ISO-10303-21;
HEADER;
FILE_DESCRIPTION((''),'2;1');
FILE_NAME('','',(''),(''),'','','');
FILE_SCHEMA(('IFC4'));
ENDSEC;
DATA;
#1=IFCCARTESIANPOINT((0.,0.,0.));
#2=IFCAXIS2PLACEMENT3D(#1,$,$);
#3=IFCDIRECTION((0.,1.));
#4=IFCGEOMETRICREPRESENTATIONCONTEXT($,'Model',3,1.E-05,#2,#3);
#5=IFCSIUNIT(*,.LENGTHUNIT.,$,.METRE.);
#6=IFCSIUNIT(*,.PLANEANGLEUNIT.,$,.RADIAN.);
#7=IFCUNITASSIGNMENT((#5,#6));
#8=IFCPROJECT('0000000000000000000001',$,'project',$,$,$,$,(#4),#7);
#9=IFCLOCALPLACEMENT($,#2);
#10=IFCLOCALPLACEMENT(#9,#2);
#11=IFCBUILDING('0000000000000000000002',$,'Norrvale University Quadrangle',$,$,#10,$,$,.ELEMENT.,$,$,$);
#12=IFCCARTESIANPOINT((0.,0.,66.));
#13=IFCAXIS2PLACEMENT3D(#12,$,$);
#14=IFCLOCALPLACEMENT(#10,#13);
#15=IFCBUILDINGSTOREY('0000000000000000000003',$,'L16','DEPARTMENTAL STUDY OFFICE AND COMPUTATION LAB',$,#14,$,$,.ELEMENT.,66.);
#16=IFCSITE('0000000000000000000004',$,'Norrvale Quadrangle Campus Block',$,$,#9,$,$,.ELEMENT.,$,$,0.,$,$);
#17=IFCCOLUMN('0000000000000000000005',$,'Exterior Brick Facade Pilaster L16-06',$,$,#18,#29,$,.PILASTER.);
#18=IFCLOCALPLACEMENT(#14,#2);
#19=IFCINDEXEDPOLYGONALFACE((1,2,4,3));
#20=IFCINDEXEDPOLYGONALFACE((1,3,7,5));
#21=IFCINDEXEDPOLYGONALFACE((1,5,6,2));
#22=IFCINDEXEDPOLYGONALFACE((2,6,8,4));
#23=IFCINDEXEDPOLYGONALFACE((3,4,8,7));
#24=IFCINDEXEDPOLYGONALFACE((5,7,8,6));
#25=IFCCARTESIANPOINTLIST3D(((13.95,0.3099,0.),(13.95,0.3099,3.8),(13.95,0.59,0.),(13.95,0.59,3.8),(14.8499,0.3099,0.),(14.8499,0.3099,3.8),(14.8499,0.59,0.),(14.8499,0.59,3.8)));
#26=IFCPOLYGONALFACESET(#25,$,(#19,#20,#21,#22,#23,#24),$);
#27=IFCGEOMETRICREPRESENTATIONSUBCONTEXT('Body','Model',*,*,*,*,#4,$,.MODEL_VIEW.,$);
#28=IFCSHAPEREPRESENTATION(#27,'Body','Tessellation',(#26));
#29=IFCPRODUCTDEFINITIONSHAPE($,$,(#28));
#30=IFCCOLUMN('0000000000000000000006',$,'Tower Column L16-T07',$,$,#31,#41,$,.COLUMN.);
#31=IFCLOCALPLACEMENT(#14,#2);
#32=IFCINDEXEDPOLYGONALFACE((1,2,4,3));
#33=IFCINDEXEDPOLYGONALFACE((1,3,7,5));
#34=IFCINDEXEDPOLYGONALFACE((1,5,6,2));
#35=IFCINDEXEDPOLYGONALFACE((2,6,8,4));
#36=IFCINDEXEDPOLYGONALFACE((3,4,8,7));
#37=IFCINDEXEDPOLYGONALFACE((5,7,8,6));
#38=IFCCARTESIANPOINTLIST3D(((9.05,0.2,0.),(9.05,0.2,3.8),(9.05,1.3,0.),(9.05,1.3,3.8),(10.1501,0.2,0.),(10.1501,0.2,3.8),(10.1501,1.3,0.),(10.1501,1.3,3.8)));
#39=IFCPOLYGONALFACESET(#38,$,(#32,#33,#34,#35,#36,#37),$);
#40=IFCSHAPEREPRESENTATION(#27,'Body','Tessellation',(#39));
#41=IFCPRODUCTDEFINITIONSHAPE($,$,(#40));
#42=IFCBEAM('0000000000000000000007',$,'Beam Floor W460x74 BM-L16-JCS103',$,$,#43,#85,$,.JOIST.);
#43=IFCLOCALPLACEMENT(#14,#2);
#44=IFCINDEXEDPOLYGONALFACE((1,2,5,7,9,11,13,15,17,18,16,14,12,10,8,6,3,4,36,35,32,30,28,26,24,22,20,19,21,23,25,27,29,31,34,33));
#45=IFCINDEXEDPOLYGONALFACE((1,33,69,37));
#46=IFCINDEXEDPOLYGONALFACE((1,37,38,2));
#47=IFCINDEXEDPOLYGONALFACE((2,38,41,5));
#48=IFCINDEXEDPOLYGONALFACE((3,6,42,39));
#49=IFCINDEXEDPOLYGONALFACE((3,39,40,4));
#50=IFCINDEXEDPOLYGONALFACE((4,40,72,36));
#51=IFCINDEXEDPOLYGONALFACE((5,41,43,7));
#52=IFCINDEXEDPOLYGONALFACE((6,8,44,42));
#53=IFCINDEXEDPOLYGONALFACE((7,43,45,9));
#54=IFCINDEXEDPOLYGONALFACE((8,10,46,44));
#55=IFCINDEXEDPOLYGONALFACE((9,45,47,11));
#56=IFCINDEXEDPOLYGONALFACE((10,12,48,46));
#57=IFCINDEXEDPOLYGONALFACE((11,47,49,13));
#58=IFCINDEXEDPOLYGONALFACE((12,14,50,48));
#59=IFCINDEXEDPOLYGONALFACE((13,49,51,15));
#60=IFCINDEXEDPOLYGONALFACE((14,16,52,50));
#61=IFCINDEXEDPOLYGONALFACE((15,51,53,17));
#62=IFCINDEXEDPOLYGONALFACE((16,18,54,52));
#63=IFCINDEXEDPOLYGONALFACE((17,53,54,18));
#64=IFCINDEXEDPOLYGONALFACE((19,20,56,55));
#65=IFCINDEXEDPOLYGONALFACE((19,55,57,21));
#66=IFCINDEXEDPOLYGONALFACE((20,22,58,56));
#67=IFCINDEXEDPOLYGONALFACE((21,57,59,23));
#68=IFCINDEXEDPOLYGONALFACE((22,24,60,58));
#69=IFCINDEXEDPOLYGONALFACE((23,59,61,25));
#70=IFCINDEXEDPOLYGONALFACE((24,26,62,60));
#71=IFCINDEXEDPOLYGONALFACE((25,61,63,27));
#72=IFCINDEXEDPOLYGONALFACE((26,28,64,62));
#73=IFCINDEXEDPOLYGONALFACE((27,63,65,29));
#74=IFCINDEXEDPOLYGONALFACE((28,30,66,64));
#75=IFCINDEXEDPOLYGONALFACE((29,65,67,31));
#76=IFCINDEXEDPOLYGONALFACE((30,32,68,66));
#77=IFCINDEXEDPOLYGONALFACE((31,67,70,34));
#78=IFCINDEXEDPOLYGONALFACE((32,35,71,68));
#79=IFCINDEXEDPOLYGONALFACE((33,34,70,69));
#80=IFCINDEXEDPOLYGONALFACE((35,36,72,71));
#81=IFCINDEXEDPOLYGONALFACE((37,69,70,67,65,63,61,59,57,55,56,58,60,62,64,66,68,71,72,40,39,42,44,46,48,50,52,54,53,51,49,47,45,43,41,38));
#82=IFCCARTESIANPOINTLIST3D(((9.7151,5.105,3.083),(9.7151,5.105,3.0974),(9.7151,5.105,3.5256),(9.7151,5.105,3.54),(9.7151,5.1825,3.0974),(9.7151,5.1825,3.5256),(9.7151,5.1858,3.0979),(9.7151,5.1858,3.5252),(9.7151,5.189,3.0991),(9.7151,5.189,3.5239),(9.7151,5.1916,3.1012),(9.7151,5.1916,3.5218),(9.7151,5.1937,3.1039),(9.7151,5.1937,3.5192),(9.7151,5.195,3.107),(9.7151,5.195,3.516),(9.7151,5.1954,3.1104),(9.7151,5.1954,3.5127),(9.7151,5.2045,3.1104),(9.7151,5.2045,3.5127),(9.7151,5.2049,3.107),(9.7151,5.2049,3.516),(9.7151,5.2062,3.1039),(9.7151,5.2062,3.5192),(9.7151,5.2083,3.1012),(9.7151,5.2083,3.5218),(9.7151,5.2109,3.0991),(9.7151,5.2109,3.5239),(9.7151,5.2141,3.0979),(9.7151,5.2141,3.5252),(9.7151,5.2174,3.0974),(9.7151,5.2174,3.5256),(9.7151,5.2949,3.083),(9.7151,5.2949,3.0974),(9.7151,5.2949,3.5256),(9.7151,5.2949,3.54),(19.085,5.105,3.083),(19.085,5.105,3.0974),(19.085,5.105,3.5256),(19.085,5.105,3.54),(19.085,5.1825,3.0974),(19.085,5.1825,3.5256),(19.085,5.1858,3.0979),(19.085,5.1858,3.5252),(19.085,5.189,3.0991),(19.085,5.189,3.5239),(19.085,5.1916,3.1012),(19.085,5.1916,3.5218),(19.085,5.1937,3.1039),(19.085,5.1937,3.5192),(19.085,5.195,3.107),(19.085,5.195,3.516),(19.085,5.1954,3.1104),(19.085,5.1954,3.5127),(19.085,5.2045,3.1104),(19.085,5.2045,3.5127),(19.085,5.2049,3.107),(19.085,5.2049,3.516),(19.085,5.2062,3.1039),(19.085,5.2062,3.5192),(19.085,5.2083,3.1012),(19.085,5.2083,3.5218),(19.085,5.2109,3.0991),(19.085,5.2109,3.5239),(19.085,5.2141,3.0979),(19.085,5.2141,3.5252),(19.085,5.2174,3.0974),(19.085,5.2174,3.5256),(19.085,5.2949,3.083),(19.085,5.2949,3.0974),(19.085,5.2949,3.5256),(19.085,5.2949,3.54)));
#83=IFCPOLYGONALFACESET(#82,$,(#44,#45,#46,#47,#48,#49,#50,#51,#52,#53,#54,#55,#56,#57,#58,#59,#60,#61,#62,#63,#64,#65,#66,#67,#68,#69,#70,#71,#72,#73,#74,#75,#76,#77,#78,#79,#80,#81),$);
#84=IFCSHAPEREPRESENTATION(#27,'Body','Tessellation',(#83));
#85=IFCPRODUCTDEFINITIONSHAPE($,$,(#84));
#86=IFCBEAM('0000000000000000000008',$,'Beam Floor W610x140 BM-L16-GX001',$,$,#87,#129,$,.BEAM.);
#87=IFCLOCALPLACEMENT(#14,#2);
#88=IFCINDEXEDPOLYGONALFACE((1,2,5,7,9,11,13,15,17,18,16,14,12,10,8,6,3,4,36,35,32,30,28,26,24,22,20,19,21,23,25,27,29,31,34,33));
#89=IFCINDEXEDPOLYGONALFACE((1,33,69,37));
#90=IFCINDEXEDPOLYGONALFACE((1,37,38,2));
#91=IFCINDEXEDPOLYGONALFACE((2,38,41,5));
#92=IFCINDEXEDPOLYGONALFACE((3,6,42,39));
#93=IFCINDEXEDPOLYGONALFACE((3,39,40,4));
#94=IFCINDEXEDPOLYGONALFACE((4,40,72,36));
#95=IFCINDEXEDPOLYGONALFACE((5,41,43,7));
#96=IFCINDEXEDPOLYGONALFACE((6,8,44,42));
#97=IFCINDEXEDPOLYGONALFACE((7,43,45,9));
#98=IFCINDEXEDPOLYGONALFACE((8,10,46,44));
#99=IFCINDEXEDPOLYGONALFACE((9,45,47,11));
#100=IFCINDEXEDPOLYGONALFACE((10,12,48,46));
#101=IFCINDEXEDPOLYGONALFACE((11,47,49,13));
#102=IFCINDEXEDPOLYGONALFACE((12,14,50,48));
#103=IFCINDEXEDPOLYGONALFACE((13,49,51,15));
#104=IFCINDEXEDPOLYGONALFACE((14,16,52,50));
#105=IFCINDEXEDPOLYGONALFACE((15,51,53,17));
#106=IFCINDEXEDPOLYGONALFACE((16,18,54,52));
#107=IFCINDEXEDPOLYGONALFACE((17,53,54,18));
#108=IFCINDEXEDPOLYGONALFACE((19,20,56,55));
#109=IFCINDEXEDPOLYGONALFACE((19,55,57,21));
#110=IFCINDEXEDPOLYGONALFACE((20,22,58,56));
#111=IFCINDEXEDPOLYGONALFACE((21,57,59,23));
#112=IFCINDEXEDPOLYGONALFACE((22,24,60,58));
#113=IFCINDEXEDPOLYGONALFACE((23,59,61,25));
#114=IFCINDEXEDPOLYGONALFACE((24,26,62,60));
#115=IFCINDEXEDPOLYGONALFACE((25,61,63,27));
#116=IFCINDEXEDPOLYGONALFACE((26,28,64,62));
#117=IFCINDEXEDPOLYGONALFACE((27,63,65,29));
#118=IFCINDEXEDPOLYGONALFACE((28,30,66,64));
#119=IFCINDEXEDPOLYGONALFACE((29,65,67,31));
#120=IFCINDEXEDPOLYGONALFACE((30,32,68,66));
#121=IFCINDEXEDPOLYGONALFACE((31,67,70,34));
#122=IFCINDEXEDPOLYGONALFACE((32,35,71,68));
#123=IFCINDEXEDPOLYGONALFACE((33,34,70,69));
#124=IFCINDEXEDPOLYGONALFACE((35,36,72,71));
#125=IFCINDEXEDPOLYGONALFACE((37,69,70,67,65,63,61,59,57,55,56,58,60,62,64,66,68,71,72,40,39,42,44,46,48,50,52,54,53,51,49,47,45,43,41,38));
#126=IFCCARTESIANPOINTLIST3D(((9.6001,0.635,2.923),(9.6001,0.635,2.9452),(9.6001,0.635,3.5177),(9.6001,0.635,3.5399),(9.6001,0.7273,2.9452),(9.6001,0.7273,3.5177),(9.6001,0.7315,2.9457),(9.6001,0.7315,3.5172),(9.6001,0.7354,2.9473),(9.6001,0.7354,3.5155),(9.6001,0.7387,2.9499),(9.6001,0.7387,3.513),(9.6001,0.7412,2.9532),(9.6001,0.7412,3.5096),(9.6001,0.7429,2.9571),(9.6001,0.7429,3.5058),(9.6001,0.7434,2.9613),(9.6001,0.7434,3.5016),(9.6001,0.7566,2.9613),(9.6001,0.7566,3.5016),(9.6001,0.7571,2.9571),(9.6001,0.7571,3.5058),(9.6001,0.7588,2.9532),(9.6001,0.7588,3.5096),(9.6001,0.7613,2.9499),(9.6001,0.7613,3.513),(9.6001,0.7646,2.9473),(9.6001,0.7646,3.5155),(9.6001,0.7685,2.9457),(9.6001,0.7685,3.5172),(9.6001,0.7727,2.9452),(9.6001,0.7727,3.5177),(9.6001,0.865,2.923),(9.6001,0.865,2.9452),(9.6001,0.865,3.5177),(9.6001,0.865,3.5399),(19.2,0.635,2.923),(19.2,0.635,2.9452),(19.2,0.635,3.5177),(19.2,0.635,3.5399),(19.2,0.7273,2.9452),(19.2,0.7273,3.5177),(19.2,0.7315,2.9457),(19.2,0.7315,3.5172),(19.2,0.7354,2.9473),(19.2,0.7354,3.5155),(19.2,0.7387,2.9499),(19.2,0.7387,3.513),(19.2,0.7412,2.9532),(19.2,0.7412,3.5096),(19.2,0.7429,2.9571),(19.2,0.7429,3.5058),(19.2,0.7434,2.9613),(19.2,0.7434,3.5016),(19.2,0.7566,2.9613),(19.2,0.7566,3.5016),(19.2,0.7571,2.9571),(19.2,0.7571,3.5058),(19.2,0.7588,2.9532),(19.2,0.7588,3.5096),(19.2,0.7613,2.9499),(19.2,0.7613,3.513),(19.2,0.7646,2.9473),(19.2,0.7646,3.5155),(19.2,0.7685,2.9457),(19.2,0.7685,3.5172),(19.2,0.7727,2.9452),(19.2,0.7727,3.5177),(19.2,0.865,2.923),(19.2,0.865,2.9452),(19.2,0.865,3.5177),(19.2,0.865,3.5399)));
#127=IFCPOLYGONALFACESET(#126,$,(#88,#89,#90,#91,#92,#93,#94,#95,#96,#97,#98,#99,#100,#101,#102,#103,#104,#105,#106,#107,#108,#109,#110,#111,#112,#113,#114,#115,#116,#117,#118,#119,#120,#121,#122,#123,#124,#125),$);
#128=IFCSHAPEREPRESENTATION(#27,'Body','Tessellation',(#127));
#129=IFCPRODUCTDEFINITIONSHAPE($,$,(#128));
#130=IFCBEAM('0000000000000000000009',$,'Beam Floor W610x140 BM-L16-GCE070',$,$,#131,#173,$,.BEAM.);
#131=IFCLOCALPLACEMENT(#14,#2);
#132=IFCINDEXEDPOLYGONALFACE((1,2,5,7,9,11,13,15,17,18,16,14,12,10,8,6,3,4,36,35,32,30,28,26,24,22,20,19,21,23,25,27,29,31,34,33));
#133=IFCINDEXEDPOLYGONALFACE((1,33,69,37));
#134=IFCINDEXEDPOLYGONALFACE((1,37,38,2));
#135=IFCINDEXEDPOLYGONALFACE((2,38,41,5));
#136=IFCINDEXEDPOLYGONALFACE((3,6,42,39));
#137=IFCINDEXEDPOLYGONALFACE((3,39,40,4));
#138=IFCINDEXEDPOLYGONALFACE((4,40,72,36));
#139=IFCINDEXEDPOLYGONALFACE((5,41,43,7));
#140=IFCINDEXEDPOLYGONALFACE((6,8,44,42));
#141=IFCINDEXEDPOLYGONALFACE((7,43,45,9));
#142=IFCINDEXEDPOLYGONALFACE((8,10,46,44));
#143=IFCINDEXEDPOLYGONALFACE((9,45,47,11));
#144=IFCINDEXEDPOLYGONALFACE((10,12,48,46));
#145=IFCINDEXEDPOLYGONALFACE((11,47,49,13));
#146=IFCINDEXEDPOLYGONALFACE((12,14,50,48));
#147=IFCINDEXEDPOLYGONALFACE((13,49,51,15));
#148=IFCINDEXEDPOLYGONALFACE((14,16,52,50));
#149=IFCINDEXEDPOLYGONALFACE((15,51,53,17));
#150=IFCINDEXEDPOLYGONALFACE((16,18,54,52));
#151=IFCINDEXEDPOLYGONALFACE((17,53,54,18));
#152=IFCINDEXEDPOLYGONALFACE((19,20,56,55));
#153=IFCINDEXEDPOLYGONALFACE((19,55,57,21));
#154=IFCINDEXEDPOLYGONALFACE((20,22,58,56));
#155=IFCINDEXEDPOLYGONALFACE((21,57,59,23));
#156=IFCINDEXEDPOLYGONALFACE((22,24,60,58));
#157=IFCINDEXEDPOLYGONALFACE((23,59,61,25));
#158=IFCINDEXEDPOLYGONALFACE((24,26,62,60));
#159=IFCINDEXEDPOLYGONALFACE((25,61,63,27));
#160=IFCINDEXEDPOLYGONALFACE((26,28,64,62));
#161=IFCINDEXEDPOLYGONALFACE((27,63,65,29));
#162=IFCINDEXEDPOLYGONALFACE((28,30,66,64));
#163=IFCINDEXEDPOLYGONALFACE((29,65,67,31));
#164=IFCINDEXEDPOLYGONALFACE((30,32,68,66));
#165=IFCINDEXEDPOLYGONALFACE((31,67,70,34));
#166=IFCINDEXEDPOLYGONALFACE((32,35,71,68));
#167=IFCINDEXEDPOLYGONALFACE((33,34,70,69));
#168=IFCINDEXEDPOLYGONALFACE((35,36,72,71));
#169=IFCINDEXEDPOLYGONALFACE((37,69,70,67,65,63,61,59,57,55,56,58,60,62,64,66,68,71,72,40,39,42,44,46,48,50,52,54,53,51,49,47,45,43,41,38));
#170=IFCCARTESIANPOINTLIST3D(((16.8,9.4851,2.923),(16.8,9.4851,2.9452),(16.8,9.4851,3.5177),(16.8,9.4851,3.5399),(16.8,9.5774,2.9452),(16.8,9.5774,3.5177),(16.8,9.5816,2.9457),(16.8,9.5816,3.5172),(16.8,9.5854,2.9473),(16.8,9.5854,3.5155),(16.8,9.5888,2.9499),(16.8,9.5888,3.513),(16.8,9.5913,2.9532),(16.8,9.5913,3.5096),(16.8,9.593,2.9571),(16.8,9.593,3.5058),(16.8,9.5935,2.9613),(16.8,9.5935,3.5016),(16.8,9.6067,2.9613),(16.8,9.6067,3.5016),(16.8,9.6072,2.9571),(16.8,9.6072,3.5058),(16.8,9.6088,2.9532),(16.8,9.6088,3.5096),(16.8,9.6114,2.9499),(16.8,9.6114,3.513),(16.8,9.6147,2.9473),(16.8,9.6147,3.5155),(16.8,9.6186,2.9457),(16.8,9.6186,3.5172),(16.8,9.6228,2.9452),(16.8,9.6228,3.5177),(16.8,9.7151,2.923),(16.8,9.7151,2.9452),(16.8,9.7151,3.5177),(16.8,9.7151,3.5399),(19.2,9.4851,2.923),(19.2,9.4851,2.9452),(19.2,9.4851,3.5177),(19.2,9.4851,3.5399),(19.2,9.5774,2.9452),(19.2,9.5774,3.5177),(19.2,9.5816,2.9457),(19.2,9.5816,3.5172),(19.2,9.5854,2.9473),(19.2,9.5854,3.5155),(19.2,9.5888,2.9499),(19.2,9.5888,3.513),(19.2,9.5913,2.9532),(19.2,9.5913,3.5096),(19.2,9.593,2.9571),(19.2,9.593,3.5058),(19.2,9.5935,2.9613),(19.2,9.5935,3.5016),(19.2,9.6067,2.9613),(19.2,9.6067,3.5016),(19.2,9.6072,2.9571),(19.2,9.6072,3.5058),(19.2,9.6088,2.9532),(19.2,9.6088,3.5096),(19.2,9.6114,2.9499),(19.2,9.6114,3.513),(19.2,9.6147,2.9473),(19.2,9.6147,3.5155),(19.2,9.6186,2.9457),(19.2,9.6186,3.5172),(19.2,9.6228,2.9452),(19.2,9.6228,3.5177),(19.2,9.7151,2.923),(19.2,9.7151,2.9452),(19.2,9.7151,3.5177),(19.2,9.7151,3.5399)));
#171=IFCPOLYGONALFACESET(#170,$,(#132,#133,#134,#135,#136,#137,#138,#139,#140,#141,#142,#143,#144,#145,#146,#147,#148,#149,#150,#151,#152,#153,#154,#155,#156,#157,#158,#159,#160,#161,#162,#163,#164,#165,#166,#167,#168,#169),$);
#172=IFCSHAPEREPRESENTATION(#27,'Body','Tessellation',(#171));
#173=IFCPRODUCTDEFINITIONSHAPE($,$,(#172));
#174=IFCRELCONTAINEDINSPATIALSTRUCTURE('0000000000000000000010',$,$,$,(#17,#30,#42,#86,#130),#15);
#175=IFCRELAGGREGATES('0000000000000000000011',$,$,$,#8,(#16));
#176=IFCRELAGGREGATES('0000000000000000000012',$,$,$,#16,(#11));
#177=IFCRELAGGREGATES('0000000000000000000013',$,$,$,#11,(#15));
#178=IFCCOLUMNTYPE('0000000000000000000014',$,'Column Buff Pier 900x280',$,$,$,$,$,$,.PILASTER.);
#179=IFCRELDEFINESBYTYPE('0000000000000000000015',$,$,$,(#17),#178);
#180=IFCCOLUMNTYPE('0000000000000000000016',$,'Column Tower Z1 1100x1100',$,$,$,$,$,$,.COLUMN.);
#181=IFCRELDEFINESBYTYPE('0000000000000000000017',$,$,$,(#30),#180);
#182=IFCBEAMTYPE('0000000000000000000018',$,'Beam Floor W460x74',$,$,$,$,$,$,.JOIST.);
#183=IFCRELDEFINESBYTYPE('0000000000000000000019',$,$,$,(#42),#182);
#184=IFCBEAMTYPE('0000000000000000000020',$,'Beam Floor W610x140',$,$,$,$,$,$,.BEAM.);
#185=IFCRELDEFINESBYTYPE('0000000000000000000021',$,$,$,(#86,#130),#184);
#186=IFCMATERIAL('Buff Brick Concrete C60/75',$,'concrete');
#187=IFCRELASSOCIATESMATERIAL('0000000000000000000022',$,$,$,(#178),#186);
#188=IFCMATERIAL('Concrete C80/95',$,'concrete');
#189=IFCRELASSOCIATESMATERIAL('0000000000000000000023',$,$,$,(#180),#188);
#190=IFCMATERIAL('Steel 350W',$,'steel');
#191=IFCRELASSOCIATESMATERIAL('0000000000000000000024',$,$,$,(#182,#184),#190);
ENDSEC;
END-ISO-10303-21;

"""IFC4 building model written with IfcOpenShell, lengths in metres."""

from ifc_helpers import new_model, si_unit, direction, frame, origin, origin_2d, place, context, subcontext, project, spatial, rectangle, i_section, extrude, material, material_profile, profile_set, type_object, element, save


model = new_model("IFC4")

# Units and contexts
model_context = context("Model", 3, precision=1e-05, world=origin(), true_north=direction((0.0, 1.0)))
body_context = subcontext(model_context, "Body", "Model", "MODEL_VIEW")
ifc_project = project(units=[si_unit("LENGTHUNIT", "METRE"), si_unit("PLANEANGLEUNIT", "RADIAN")], contexts=[model_context])

# Site, building, storey
site_placement = place(None, origin())
site = spatial("IfcSite", under=ifc_project, at=site_placement, Name="Norrvale Quadrangle Campus Block", CompositionType="ELEMENT", RefElevation=0.0)
building_placement = place(site_placement, origin())
building = spatial("IfcBuilding", under=site, at=building_placement, Name="Norrvale University Quadrangle", CompositionType="ELEMENT")
storey_placement = place(building_placement, frame((0.0, 0.0, 66.0)))
storey = spatial("IfcBuildingStorey", under=building, at=storey_placement, Name="L16", Description="DEPARTMENTAL STUDY OFFICE AND COMPUTATION LAB", CompositionType="ELEMENT", Elevation=66.0)

# Columns
ifc_material_1 = material(Name="Buff Brick Concrete C60/75", Category="concrete")
ifc_material_profile_1 = material_profile(ifc_material_1, rectangle(XDim=0.8999, YDim=0.28, at=origin_2d()), Name="Buff Brick Concrete C60/75")
ifc_profile_set_1 = profile_set([ifc_material_profile_1], Name="Buff Brick Concrete C60/75")
column_type_1 = type_object("IfcColumnType", Name="Column Buff Pier 900x280", PredefinedType="PILASTER", material=ifc_profile_set_1)
column_1_placement = place(storey_placement, frame((14.3999, 0.45, 0.0), z_axis=(0.0, 0.0, 1.0), x_axis=(1.0, 0.0, 0.0)))
element("IfcColumn", 1, at=column_1_placement, inside=storey, type_object=column_type_1, Name="Exterior Brick Facade Pilaster L16-06", PredefinedType="PILASTER", context=body_context, shape_type="SweptSolid", body=[
    extrude(rectangle(XDim=0.8999, YDim=0.28, at=origin_2d()), origin(), (0.0, 0.0, 1.0), 3.8),
])
ifc_material_2 = material(Name="Concrete C80/95", Category="concrete")
ifc_material_profile_2 = material_profile(ifc_material_2, rectangle(XDim=1.1001, YDim=1.1001, at=origin_2d()), Name="Concrete C80/95")
ifc_profile_set_2 = profile_set([ifc_material_profile_2], Name="Concrete C80/95")
column_type_2 = type_object("IfcColumnType", Name="Column Tower Z1 1100x1100", PredefinedType="COLUMN", material=ifc_profile_set_2)
column_2_placement = place(storey_placement, frame((9.6001, 0.75, 0.0), z_axis=(0.0, 0.0, 1.0), x_axis=(1.0, 0.0, 0.0)))
element("IfcColumn", 2, at=column_2_placement, inside=storey, type_object=column_type_2, Name="Tower Column L16-T07", PredefinedType="COLUMN", context=body_context, shape_type="SweptSolid", body=[
    extrude(rectangle(XDim=1.1001, YDim=1.1001, at=origin_2d()), origin(), (0.0, 0.0, 1.0), 3.8),
])

# Beams
ifc_material_3 = material(Name="Steel 350W", Category="steel")
ifc_material_profile_3 = material_profile(ifc_material_3, i_section(OverallWidth=0.1899, OverallDepth=0.457, WebThickness=0.009, FlangeThickness=0.0144, FilletRadius=0.0129, at=origin_2d()), Name="Steel 350W")
ifc_profile_set_3 = profile_set([ifc_material_profile_3], Name="Steel 350W")
beam_type_1 = type_object("IfcBeamType", Name="Beam Floor W460x74", PredefinedType="JOIST", material=ifc_profile_set_3)
beam_1_placement = place(storey_placement, frame((9.7151, 5.2, 3.3115), z_axis=(1.0, 0.0, 0.0), x_axis=(0.0, 1.0, 0.0)))
element("IfcBeam", 3, at=beam_1_placement, inside=storey, type_object=beam_type_1, Name="Beam Floor W460x74 BM-L16-JCS103", PredefinedType="JOIST", context=body_context, shape_type="SweptSolid", body=[
    extrude(i_section(OverallWidth=0.1899, OverallDepth=0.457, WebThickness=0.009, FlangeThickness=0.0144, FilletRadius=0.0129, at=origin_2d()), origin(), (0.0, 0.0, 1.0), 9.3699),
])
ifc_material_profile_4 = material_profile(ifc_material_3, i_section(OverallWidth=0.23, OverallDepth=0.6169, WebThickness=0.0132, FlangeThickness=0.0222, FilletRadius=0.0161, at=origin_2d()), Name="Steel 350W")
ifc_profile_set_4 = profile_set([ifc_material_profile_4], Name="Steel 350W")
beam_type_2 = type_object("IfcBeamType", Name="Beam Floor W610x140", PredefinedType="BEAM", material=ifc_profile_set_4)
beam_2_placement = place(storey_placement, frame((9.6001, 0.75, 3.2314), z_axis=(1.0, 0.0, 0.0), x_axis=(0.0, 1.0, 0.0)))
element("IfcBeam", 4, at=beam_2_placement, inside=storey, type_object=beam_type_2, Name="Beam Floor W610x140 BM-L16-GX001", PredefinedType="BEAM", context=body_context, shape_type="SweptSolid", body=[
    extrude(i_section(OverallWidth=0.23, OverallDepth=0.6169, WebThickness=0.0132, FlangeThickness=0.0222, FilletRadius=0.0161, at=origin_2d()), origin(), (0.0, 0.0, 1.0), 9.5999),
])
beam_3_placement = place(storey_placement, frame((16.8, 9.6001, 3.2314), z_axis=(1.0, 0.0, 0.0), x_axis=(0.0, 1.0, 0.0)))
element("IfcBeam", 5, at=beam_3_placement, inside=storey, type_object=beam_type_2, Name="Beam Floor W610x140 BM-L16-GCE070", PredefinedType="BEAM", context=body_context, shape_type="SweptSolid", body=[
    extrude(i_section(OverallWidth=0.23, OverallDepth=0.6169, WebThickness=0.0132, FlangeThickness=0.0222, FilletRadius=0.0161, at=origin_2d()), origin(), (0.0, 0.0, 1.0), 2.3999),
])

save(model, "model.ifc")
